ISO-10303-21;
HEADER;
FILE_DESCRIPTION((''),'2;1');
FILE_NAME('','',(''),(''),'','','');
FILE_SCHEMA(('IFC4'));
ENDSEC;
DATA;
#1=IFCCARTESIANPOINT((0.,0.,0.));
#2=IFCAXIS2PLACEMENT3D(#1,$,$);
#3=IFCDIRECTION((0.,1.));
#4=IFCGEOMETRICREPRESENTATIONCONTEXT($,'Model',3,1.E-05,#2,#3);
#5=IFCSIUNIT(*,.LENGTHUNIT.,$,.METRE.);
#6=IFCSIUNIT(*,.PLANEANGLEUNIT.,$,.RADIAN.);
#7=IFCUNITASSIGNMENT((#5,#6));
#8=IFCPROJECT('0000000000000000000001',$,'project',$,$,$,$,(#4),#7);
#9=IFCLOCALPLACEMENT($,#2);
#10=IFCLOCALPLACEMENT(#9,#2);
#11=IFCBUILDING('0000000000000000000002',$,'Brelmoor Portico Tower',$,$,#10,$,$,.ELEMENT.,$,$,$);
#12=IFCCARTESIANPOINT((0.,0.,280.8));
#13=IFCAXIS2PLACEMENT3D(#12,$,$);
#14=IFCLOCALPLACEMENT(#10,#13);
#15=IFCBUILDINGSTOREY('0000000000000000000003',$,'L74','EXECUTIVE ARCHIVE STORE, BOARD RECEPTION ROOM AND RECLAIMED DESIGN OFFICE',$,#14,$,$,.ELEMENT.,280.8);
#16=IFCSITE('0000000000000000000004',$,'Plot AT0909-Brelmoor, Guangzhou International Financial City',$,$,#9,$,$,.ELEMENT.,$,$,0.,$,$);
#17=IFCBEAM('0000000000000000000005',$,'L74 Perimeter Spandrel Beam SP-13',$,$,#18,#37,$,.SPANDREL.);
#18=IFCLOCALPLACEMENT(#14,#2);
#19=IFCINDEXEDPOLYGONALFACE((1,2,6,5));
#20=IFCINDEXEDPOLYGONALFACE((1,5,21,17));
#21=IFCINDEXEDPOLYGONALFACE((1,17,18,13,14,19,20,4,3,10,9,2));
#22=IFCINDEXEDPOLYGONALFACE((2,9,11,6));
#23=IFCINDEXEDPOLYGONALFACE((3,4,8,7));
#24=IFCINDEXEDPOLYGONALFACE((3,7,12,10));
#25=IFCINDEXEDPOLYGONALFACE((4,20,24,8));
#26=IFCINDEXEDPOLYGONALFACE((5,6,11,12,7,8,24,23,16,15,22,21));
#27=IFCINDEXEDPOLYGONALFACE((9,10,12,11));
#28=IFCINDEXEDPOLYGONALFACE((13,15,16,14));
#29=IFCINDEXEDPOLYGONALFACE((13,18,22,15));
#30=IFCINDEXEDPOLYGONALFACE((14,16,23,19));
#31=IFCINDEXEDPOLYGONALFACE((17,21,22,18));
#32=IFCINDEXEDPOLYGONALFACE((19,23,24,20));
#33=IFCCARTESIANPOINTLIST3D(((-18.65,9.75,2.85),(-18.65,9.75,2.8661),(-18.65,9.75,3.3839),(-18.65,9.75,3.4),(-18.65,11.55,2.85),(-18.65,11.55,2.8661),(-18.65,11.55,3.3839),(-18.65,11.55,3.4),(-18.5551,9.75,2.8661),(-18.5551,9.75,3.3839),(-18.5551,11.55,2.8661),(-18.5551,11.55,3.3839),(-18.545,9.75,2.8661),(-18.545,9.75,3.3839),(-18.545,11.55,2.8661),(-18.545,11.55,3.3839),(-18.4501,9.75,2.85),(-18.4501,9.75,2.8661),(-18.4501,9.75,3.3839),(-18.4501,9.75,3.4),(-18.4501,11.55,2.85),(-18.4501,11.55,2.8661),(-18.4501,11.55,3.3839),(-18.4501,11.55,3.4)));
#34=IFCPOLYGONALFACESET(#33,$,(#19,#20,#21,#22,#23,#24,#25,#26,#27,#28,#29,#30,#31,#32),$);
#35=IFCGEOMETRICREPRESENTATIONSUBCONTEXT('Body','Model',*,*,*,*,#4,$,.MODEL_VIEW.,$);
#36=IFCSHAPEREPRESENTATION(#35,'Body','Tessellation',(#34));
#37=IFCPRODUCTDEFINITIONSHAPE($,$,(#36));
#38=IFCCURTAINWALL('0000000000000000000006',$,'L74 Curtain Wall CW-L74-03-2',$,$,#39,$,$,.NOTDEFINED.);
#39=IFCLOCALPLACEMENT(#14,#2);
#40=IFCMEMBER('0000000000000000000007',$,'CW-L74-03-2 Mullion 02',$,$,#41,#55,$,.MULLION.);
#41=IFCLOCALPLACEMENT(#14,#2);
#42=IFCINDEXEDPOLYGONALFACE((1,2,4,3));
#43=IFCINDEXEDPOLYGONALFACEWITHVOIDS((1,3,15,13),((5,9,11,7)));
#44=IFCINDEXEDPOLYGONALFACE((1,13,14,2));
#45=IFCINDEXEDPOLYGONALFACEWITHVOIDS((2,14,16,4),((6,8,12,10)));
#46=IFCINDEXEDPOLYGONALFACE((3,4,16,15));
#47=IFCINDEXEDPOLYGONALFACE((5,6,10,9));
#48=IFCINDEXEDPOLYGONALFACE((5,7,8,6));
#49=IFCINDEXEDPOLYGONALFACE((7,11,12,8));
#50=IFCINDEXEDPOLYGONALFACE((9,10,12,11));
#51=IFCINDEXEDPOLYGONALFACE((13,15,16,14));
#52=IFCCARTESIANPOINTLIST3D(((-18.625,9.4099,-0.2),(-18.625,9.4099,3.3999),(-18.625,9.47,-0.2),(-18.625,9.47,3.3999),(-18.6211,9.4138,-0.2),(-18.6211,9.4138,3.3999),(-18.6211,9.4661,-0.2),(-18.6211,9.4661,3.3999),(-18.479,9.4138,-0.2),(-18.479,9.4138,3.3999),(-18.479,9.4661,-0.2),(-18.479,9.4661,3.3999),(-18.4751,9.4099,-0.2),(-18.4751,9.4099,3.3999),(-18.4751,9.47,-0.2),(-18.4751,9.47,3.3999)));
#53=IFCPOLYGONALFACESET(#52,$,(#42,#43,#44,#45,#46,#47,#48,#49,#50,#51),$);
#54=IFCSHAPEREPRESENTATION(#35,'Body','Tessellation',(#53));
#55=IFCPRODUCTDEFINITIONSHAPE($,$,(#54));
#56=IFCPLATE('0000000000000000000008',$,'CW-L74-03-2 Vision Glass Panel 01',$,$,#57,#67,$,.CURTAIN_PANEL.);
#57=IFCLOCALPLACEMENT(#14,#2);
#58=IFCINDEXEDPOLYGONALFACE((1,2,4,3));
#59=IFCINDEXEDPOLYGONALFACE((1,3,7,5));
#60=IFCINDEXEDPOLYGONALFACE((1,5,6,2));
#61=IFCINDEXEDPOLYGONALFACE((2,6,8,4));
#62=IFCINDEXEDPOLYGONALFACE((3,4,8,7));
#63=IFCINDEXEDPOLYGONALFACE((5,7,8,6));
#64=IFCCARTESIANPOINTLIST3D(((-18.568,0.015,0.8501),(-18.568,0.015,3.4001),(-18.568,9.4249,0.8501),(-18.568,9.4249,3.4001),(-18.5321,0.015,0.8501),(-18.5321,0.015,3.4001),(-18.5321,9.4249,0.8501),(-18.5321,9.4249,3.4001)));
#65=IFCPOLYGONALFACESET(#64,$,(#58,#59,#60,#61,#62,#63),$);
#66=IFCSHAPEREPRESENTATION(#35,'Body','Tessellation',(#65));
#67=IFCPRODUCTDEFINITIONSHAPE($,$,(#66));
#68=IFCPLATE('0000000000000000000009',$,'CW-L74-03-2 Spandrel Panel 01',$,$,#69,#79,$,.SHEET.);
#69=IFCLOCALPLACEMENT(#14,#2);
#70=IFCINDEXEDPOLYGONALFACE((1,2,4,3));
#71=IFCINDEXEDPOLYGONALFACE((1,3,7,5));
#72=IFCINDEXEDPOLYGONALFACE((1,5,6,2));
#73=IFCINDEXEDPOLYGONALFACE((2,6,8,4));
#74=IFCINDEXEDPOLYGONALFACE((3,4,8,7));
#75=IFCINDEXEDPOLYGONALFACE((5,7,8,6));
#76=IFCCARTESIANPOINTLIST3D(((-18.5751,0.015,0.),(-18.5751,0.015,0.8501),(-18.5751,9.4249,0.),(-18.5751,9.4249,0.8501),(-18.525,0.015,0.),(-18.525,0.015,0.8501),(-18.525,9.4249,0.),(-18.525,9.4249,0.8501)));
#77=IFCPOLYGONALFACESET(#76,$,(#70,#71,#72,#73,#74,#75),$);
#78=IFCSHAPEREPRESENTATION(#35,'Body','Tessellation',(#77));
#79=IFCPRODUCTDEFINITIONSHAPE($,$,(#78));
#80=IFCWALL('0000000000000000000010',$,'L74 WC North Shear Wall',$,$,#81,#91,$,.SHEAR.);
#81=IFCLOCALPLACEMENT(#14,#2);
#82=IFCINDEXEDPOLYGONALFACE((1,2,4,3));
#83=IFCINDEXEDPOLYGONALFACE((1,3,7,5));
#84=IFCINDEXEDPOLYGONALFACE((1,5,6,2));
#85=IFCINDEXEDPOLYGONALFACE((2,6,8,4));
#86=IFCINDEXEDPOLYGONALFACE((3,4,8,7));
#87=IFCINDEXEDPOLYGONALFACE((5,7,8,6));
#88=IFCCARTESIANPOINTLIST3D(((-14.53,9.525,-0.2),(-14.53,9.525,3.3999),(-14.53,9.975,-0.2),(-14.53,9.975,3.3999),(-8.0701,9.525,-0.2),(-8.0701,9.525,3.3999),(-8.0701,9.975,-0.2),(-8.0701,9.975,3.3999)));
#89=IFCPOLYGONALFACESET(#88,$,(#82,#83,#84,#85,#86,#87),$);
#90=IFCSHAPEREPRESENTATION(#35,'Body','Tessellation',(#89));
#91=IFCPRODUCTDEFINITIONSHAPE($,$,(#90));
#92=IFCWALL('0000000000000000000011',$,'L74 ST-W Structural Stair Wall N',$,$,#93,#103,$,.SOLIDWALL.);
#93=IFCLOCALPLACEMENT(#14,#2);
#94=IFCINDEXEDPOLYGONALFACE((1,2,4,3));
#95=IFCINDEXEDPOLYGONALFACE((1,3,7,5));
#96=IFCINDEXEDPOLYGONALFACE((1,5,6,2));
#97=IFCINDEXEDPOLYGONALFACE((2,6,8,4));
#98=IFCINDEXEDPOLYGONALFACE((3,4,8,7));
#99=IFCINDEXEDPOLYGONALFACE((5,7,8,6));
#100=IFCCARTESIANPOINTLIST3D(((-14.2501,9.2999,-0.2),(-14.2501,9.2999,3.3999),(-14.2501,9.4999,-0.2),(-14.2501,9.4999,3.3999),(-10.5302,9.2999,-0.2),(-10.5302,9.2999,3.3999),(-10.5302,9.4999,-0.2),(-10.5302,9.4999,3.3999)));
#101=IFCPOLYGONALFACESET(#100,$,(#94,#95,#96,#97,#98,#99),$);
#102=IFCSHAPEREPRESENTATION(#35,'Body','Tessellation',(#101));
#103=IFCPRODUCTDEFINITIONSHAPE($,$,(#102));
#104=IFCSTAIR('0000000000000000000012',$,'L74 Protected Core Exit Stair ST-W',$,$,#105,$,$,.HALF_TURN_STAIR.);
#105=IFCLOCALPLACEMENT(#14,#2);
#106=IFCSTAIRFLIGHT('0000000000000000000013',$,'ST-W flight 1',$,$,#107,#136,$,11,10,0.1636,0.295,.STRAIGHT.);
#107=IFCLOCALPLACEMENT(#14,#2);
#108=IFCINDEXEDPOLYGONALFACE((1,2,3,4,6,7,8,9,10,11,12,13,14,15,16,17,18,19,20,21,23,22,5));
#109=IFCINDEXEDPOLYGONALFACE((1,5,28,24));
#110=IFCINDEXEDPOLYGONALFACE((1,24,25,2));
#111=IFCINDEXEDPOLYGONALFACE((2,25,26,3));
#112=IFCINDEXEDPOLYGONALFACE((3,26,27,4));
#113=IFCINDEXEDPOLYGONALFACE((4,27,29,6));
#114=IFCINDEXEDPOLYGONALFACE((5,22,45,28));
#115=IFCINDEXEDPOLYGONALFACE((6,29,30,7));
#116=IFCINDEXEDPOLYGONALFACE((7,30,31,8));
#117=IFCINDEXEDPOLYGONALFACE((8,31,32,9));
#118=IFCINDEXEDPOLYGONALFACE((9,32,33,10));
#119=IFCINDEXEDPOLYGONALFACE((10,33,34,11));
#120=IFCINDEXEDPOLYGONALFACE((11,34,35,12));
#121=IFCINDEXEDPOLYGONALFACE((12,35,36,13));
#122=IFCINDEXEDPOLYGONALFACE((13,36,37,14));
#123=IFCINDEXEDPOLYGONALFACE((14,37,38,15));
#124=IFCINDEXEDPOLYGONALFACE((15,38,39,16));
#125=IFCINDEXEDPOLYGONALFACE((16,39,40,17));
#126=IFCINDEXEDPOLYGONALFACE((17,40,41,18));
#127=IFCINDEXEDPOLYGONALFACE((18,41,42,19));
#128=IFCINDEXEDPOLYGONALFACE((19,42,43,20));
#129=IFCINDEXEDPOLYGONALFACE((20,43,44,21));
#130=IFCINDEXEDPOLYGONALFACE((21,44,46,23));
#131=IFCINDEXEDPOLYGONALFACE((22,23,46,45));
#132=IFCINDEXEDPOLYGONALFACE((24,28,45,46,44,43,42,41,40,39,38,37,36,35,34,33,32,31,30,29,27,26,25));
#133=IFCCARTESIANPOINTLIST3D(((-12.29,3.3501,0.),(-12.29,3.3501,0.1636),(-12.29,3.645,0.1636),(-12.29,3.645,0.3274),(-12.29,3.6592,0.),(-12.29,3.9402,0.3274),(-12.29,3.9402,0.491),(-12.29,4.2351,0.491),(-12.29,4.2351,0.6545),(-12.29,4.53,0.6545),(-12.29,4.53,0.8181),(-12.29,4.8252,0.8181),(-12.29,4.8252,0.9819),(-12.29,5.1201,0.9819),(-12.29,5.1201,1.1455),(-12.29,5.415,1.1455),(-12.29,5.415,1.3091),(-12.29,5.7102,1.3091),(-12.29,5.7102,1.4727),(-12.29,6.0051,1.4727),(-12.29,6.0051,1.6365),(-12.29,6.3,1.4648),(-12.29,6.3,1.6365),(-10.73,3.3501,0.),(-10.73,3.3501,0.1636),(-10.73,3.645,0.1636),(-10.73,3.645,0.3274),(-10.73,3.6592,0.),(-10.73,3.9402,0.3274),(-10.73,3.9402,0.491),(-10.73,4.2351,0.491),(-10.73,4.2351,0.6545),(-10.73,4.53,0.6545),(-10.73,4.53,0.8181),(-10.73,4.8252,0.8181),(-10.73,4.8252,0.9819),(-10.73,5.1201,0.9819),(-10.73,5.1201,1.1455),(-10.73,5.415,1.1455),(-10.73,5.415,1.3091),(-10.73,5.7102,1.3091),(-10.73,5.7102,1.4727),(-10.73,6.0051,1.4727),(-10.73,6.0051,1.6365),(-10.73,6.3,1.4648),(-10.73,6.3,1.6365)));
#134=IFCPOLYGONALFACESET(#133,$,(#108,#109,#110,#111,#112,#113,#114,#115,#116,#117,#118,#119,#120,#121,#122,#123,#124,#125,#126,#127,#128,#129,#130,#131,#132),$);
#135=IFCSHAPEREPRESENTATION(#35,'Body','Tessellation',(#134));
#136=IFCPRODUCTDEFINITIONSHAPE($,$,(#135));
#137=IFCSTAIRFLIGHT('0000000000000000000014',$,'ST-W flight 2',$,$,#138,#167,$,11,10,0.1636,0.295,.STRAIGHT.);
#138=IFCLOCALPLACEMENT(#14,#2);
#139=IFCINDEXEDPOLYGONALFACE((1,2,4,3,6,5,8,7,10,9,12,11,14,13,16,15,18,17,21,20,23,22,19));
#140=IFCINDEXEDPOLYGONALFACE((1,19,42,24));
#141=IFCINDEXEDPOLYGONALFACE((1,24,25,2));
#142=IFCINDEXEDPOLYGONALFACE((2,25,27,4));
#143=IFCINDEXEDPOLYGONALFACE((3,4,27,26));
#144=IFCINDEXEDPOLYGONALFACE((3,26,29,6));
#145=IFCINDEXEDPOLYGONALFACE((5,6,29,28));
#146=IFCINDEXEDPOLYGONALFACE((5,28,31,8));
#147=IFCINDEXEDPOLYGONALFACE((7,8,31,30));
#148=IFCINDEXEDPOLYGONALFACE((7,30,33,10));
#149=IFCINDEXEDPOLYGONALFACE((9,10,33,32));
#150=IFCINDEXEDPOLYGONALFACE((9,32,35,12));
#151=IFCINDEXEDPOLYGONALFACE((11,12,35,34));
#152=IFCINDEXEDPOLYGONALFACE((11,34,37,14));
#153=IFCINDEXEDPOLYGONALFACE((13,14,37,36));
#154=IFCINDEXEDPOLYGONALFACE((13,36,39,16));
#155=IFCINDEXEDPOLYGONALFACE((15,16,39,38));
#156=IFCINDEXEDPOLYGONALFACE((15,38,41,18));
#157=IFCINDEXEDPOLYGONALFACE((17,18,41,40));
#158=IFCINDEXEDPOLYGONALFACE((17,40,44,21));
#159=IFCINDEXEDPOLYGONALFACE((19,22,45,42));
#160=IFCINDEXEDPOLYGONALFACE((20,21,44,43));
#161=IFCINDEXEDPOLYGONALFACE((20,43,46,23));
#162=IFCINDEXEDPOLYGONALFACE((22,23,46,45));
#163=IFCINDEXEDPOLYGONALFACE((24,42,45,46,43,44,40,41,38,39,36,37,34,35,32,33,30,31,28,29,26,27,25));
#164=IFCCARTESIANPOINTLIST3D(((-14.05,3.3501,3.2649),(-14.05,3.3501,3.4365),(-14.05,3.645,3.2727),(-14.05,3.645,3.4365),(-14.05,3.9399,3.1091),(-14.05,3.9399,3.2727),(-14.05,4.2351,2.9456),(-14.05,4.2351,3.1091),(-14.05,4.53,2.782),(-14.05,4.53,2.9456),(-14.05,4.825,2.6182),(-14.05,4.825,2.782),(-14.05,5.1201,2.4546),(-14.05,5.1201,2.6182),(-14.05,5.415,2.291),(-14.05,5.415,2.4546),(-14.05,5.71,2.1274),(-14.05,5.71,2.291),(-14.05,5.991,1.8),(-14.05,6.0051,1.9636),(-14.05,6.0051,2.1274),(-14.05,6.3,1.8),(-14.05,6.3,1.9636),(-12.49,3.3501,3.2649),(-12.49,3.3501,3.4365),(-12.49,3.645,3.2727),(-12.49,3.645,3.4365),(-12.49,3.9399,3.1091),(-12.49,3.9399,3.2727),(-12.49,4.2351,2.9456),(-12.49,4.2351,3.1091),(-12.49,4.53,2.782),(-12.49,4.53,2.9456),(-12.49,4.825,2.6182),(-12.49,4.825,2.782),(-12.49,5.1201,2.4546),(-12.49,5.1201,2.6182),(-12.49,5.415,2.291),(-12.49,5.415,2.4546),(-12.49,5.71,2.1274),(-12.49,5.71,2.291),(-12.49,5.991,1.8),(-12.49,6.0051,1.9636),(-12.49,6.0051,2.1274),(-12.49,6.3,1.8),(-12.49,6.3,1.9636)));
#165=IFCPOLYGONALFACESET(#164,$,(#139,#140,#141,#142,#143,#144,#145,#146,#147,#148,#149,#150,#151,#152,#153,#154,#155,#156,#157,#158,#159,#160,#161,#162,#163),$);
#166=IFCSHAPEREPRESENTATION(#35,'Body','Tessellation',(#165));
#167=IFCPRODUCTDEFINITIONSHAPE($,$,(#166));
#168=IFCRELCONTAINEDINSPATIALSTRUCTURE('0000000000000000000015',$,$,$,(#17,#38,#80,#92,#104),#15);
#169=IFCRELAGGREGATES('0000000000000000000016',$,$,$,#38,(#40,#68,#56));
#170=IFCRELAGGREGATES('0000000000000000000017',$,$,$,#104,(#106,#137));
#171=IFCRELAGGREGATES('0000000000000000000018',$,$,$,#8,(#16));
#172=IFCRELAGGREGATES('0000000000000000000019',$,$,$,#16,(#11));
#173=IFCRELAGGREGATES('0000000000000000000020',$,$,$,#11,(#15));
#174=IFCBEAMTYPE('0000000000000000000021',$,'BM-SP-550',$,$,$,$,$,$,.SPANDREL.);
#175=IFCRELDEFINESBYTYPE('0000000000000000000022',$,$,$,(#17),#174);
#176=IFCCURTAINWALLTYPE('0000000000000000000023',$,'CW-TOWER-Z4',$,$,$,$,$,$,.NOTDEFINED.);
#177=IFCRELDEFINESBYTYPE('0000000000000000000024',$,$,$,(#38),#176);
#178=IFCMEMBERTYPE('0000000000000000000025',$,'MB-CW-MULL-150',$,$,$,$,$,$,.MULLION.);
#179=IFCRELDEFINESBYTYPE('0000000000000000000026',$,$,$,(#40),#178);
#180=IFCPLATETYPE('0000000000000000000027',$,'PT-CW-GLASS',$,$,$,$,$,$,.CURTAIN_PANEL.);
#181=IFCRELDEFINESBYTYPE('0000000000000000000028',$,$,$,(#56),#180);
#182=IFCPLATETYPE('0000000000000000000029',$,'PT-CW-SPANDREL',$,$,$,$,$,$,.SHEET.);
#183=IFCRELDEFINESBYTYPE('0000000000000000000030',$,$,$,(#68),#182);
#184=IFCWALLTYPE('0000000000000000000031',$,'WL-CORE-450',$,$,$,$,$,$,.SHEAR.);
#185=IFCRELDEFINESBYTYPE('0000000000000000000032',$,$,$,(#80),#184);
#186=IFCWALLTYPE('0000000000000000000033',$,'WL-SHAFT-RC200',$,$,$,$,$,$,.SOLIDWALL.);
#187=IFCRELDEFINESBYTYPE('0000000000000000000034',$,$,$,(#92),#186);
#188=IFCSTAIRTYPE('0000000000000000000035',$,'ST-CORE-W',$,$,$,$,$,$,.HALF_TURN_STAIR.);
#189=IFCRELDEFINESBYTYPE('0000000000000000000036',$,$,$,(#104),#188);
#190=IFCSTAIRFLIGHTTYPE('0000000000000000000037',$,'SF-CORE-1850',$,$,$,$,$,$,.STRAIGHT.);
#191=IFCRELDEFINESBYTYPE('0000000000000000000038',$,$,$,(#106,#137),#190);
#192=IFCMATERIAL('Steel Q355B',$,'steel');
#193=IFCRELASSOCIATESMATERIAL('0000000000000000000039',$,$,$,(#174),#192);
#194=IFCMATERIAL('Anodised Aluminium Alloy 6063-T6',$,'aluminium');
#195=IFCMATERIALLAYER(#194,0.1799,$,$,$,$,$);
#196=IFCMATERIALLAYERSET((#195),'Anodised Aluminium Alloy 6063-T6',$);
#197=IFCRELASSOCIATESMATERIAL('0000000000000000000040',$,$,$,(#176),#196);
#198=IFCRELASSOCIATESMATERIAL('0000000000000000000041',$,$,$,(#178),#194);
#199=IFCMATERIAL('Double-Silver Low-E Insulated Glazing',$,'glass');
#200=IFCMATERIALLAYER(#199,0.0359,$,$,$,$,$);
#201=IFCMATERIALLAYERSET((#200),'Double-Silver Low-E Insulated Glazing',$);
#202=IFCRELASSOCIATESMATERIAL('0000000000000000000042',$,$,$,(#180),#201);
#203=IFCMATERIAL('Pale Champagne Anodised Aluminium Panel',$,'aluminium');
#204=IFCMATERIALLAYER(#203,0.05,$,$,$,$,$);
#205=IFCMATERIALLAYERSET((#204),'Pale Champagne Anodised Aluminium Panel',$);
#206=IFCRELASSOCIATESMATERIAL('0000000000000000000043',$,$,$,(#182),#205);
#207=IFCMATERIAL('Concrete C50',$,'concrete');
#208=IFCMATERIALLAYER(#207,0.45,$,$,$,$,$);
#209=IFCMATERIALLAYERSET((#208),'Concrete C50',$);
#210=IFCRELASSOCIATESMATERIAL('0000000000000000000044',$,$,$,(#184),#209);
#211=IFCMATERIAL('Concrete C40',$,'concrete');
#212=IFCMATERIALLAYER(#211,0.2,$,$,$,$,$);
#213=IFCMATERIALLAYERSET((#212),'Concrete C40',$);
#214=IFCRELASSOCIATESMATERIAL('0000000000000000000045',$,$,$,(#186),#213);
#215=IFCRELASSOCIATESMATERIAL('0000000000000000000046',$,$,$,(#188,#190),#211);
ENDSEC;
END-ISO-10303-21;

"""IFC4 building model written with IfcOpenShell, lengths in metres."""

from ifc_helpers import new_model, si_unit, direction, frame, frame_2d, origin, origin_2d, place, context, subcontext, project, spatial, polyline, rectangle, hollow_rectangle, i_section, outline, extrude, material, layer, layer_set, material_profile, profile_set, type_object, element, aggregate, save


model = new_model("IFC4")

# Units and contexts
model_context = context("Model", 3, precision=1e-05, world=origin(), true_north=direction((0.0, 1.0)))
body_context = subcontext(model_context, "Body", "Model", "MODEL_VIEW")
ifc_project = project(units=[si_unit("LENGTHUNIT", "METRE"), si_unit("PLANEANGLEUNIT", "RADIAN")], contexts=[model_context])

# Site, building, storey
site_placement = place(None, origin())
site = spatial("IfcSite", under=ifc_project, at=site_placement, Name="Plot AT0909-Brelmoor, Guangzhou International Financial City", CompositionType="ELEMENT", RefElevation=0.0)
building_placement = place(site_placement, origin())
building = spatial("IfcBuilding", under=site, at=building_placement, Name="Brelmoor Portico Tower", CompositionType="ELEMENT")
storey_placement = place(building_placement, frame((0.0, 0.0, 280.8)))
storey = spatial("IfcBuildingStorey", under=building, at=storey_placement, Name="L74", Description="EXECUTIVE ARCHIVE STORE, BOARD RECEPTION ROOM AND RECLAIMED DESIGN OFFICE", CompositionType="ELEMENT", Elevation=280.8)

# Shared definitions
ifc_material_1 = material(Name="Steel Q355B", Category="steel")

# Beam
ifc_material_profile_1 = material_profile(ifc_material_1, i_section(OverallWidth=0.2, OverallDepth=0.55, WebThickness=0.01, FlangeThickness=0.0161, at=origin_2d()), Name="HN 550x200x10x16")
ifc_profile_set_1 = profile_set([ifc_material_profile_1], Name="Steel Q355B")
beam_type_1 = type_object("IfcBeamType", Name="BM-SP-550", PredefinedType="SPANDREL", material=ifc_profile_set_1)
beam_1_placement = place(storey_placement, frame((-18.55, 9.75, 3.125), z_axis=(0.0, 1.0, 0.0), x_axis=(-1.0, 0.0, 0.0)))
element("IfcBeam", 1, at=beam_1_placement, inside=storey, type_object=beam_type_1, Name="L74 Perimeter Spandrel Beam SP-13", PredefinedType="SPANDREL", context=body_context, shape_type="SweptSolid", body=[
    extrude(i_section(OverallWidth=0.2, OverallDepth=0.55, WebThickness=0.01, FlangeThickness=0.0161, at=origin_2d()), origin(), (0.0, 0.0, 1.0), 1.8),
])

# Curtain wall, member, plates
ifc_material_2 = material(Name="Anodised Aluminium Alloy 6063-T6", Category="aluminium")
ifc_layer_1 = layer(ifc_material_2, 0.1799)
ifc_layer_set_1 = layer_set([ifc_layer_1], Name="Anodised Aluminium Alloy 6063-T6")
curtain_wall_type = type_object("IfcCurtainWallType", Name="CW-TOWER-Z4", PredefinedType="NOTDEFINED", material=ifc_layer_set_1)
curtain_wall_placement = place(storey_placement, origin())
curtain_wall = element("IfcCurtainWall", 2, at=curtain_wall_placement, inside=storey, type_object=curtain_wall_type, Name="L74 Curtain Wall CW-L74-03-2", PredefinedType="NOTDEFINED")
ifc_material_profile_2 = material_profile(ifc_material_2, hollow_rectangle(XDim=0.0601, YDim=0.1499, WallThickness=0.0039, at=origin_2d()), Name="ALU MULLION 60x150")
ifc_profile_set_2 = profile_set([ifc_material_profile_2], Name="Anodised Aluminium Alloy 6063-T6")
member_type = type_object("IfcMemberType", Name="MB-CW-MULL-150", PredefinedType="MULLION", material=ifc_profile_set_2)
member_placement = place(storey_placement, frame((-18.55, 9.4399, -0.2), z_axis=(0.0, 0.0, 1.0), x_axis=(0.0, 1.0, 0.0)))
member = element("IfcMember", 3, at=member_placement, type_object=member_type, Name="CW-L74-03-2 Mullion 02", PredefinedType="MULLION", context=body_context, shape_type="SweptSolid", body=[
    extrude(hollow_rectangle(XDim=0.0601, YDim=0.1499, WallThickness=0.0039, at=origin_2d()), origin(), (0.0, 0.0, 1.0), 3.5999),
])
ifc_material_3 = material(Name="Double-Silver Low-E Insulated Glazing", Category="glass")
ifc_layer_2 = layer(ifc_material_3, 0.0359)
ifc_layer_set_2 = layer_set([ifc_layer_2], Name="Double-Silver Low-E Insulated Glazing")
plate_type_1 = type_object("IfcPlateType", Name="PT-CW-GLASS", PredefinedType="CURTAIN_PANEL", material=ifc_layer_set_2)
plate_1_placement = place(storey_placement, frame((-18.55, 4.72, 0.8501), z_axis=(0.0, 0.0, 1.0), x_axis=(0.0, 1.0, 0.0)))
plate_1 = element("IfcPlate", 4, at=plate_1_placement, type_object=plate_type_1, Name="CW-L74-03-2 Vision Glass Panel 01", PredefinedType="CURTAIN_PANEL", context=body_context, shape_type="SweptSolid", body=[
    extrude(rectangle(XDim=9.4099, YDim=0.0359, at=origin_2d()), origin(), (0.0, 0.0, 1.0), 2.55),
])
ifc_material_4 = material(Name="Pale Champagne Anodised Aluminium Panel", Category="aluminium")
ifc_layer_3 = layer(ifc_material_4, 0.05)
ifc_layer_set_3 = layer_set([ifc_layer_3], Name="Pale Champagne Anodised Aluminium Panel")
plate_type_2 = type_object("IfcPlateType", Name="PT-CW-SPANDREL", PredefinedType="SHEET", material=ifc_layer_set_3)
plate_2_placement = place(storey_placement, frame((-18.55, 4.72, 0.0), z_axis=(0.0, 0.0, 1.0), x_axis=(0.0, 1.0, 0.0)))
plate_2 = element("IfcPlate", 5, at=plate_2_placement, type_object=plate_type_2, Name="CW-L74-03-2 Spandrel Panel 01", PredefinedType="SHEET", context=body_context, shape_type="SweptSolid", body=[
    extrude(rectangle(XDim=9.4099, YDim=0.05, at=origin_2d()), origin(), (0.0, 0.0, 1.0), 0.8501),
])
aggregate(curtain_wall, [member, plate_2, plate_1])

# Walls
ifc_material_5 = material(Name="Concrete C50", Category="concrete")
ifc_layer_4 = layer(ifc_material_5, 0.45)
ifc_layer_set_4 = layer_set([ifc_layer_4], Name="Concrete C50")
wall_type_1 = type_object("IfcWallType", Name="WL-CORE-450", PredefinedType="SHEAR", material=ifc_layer_set_4)
wall_1_placement = place(storey_placement, frame((-14.53, 9.75, -0.2), z_axis=(0.0, 0.0, 1.0), x_axis=(1.0, 0.0, 0.0)))
element("IfcWall", 6, at=wall_1_placement, inside=storey, type_object=wall_type_1, Name="L74 WC North Shear Wall", PredefinedType="SHEAR", context=body_context, shape_type="SweptSolid", body=[
    extrude(rectangle(XDim=6.46, YDim=0.45, at=frame_2d((3.23, 0.0))), origin(), (0.0, 0.0, 1.0), 3.5999),
])
ifc_material_6 = material(Name="Concrete C40", Category="concrete")
ifc_layer_5 = layer(ifc_material_6, 0.2)
ifc_layer_set_5 = layer_set([ifc_layer_5], Name="Concrete C40")
wall_type_2 = type_object("IfcWallType", Name="WL-SHAFT-RC200", PredefinedType="SOLIDWALL", material=ifc_layer_set_5)
wall_2_placement = place(storey_placement, frame((-14.25, 9.3999, -0.2), z_axis=(0.0, 0.0, 1.0), x_axis=(1.0, 0.0, 0.0)))
element("IfcWall", 7, at=wall_2_placement, inside=storey, type_object=wall_type_2, Name="L74 ST-W Structural Stair Wall N", PredefinedType="SOLIDWALL", context=body_context, shape_type="SweptSolid", body=[
    extrude(rectangle(XDim=3.72, YDim=0.2, at=frame_2d((1.8599, 0.0))), origin(), (0.0, 0.0, 1.0), 3.5999),
])

# Stair, stair flights
stair_type = type_object("IfcStairType", Name="ST-CORE-W", PredefinedType="HALF_TURN_STAIR", material=ifc_material_6)
stair_placement = place(storey_placement, origin())
stair = element("IfcStair", 8, at=stair_placement, inside=storey, type_object=stair_type, Name="L74 Protected Core Exit Stair ST-W", PredefinedType="HALF_TURN_STAIR")
stair_flight_type = type_object("IfcStairFlightType", Name="SF-CORE-1850", PredefinedType="STRAIGHT", material=ifc_material_6)
stair_flight_1_placement = place(storey_placement, frame((-11.51, 3.3501, 0.0), z_axis=(0.0, 0.0, 1.0), x_axis=(0.0, 1.0, 0.0)))
stair_flight_1 = element("IfcStairFlight", 9, at=stair_flight_1_placement, type_object=stair_flight_type, Name="ST-W flight 1", NumberOfRisers=11, NumberOfTreads=10, PredefinedType="STRAIGHT", RiserHeight=0.1636, TreadLength=0.295, context=body_context, shape_type="SweptSolid", body=[
    extrude(outline(polyline([(0.0, 0.0), (0.0, 0.1636), (0.2949, 0.1636), (0.2949, 0.3274), (0.5901, 0.3274), (0.5901, 0.491), (0.885, 0.491), (0.885, 0.6545), (1.1799, 0.6545), (1.1799, 0.8181), (1.4751, 0.8181), (1.4751, 0.9819), (1.77, 0.9819), (1.77, 1.1455), (2.0649, 1.1455), (2.0649, 1.3091), (2.3601, 1.3091), (2.3601, 1.4727), (2.655, 1.4727), (2.655, 1.6365), (2.95, 1.6365), (2.95, 1.8), (2.95, 1.4648), (0.3091, 0.0), (0.0, 0.0)])), frame((0.0, 0.78, 0.0), z_axis=(0.0, -1.0, 0.0), x_axis=(1.0, 0.0, 0.0)), (0.0, 0.0, 1.0), 1.5601),
])
stair_flight_2_placement = place(storey_placement, frame((-13.27, 6.3, 1.8), z_axis=(0.0, 0.0, 1.0), x_axis=(0.0, -1.0, 0.0)))
stair_flight_2 = element("IfcStairFlight", 10, at=stair_flight_2_placement, type_object=stair_flight_type, Name="ST-W flight 2", NumberOfRisers=11, NumberOfTreads=10, PredefinedType="STRAIGHT", RiserHeight=0.1636, TreadLength=0.295, context=body_context, shape_type="SweptSolid", body=[
    extrude(outline(polyline([(0.0, 0.0), (0.0, 0.1636), (0.2949, 0.1636), (0.2949, 0.3274), (0.5901, 0.3274), (0.5901, 0.491), (0.885, 0.491), (0.885, 0.6545), (1.1799, 0.6545), (1.1799, 0.8181), (1.4751, 0.8181), (1.4751, 0.9819), (1.77, 0.9819), (1.77, 1.1455), (2.0649, 1.1455), (2.0649, 1.3091), (2.3601, 1.3091), (2.3601, 1.4727), (2.655, 1.4727), (2.655, 1.6365), (2.95, 1.6365), (2.95, 1.8), (2.95, 1.4648), (0.3091, 0.0), (0.0, 0.0)])), frame((0.0, 0.78, 0.0), z_axis=(0.0, -1.0, 0.0), x_axis=(1.0, 0.0, 0.0)), (0.0, 0.0, 1.0), 1.5601),
])
aggregate(stair, [stair_flight_1, stair_flight_2])

save(model, "model.ifc")
